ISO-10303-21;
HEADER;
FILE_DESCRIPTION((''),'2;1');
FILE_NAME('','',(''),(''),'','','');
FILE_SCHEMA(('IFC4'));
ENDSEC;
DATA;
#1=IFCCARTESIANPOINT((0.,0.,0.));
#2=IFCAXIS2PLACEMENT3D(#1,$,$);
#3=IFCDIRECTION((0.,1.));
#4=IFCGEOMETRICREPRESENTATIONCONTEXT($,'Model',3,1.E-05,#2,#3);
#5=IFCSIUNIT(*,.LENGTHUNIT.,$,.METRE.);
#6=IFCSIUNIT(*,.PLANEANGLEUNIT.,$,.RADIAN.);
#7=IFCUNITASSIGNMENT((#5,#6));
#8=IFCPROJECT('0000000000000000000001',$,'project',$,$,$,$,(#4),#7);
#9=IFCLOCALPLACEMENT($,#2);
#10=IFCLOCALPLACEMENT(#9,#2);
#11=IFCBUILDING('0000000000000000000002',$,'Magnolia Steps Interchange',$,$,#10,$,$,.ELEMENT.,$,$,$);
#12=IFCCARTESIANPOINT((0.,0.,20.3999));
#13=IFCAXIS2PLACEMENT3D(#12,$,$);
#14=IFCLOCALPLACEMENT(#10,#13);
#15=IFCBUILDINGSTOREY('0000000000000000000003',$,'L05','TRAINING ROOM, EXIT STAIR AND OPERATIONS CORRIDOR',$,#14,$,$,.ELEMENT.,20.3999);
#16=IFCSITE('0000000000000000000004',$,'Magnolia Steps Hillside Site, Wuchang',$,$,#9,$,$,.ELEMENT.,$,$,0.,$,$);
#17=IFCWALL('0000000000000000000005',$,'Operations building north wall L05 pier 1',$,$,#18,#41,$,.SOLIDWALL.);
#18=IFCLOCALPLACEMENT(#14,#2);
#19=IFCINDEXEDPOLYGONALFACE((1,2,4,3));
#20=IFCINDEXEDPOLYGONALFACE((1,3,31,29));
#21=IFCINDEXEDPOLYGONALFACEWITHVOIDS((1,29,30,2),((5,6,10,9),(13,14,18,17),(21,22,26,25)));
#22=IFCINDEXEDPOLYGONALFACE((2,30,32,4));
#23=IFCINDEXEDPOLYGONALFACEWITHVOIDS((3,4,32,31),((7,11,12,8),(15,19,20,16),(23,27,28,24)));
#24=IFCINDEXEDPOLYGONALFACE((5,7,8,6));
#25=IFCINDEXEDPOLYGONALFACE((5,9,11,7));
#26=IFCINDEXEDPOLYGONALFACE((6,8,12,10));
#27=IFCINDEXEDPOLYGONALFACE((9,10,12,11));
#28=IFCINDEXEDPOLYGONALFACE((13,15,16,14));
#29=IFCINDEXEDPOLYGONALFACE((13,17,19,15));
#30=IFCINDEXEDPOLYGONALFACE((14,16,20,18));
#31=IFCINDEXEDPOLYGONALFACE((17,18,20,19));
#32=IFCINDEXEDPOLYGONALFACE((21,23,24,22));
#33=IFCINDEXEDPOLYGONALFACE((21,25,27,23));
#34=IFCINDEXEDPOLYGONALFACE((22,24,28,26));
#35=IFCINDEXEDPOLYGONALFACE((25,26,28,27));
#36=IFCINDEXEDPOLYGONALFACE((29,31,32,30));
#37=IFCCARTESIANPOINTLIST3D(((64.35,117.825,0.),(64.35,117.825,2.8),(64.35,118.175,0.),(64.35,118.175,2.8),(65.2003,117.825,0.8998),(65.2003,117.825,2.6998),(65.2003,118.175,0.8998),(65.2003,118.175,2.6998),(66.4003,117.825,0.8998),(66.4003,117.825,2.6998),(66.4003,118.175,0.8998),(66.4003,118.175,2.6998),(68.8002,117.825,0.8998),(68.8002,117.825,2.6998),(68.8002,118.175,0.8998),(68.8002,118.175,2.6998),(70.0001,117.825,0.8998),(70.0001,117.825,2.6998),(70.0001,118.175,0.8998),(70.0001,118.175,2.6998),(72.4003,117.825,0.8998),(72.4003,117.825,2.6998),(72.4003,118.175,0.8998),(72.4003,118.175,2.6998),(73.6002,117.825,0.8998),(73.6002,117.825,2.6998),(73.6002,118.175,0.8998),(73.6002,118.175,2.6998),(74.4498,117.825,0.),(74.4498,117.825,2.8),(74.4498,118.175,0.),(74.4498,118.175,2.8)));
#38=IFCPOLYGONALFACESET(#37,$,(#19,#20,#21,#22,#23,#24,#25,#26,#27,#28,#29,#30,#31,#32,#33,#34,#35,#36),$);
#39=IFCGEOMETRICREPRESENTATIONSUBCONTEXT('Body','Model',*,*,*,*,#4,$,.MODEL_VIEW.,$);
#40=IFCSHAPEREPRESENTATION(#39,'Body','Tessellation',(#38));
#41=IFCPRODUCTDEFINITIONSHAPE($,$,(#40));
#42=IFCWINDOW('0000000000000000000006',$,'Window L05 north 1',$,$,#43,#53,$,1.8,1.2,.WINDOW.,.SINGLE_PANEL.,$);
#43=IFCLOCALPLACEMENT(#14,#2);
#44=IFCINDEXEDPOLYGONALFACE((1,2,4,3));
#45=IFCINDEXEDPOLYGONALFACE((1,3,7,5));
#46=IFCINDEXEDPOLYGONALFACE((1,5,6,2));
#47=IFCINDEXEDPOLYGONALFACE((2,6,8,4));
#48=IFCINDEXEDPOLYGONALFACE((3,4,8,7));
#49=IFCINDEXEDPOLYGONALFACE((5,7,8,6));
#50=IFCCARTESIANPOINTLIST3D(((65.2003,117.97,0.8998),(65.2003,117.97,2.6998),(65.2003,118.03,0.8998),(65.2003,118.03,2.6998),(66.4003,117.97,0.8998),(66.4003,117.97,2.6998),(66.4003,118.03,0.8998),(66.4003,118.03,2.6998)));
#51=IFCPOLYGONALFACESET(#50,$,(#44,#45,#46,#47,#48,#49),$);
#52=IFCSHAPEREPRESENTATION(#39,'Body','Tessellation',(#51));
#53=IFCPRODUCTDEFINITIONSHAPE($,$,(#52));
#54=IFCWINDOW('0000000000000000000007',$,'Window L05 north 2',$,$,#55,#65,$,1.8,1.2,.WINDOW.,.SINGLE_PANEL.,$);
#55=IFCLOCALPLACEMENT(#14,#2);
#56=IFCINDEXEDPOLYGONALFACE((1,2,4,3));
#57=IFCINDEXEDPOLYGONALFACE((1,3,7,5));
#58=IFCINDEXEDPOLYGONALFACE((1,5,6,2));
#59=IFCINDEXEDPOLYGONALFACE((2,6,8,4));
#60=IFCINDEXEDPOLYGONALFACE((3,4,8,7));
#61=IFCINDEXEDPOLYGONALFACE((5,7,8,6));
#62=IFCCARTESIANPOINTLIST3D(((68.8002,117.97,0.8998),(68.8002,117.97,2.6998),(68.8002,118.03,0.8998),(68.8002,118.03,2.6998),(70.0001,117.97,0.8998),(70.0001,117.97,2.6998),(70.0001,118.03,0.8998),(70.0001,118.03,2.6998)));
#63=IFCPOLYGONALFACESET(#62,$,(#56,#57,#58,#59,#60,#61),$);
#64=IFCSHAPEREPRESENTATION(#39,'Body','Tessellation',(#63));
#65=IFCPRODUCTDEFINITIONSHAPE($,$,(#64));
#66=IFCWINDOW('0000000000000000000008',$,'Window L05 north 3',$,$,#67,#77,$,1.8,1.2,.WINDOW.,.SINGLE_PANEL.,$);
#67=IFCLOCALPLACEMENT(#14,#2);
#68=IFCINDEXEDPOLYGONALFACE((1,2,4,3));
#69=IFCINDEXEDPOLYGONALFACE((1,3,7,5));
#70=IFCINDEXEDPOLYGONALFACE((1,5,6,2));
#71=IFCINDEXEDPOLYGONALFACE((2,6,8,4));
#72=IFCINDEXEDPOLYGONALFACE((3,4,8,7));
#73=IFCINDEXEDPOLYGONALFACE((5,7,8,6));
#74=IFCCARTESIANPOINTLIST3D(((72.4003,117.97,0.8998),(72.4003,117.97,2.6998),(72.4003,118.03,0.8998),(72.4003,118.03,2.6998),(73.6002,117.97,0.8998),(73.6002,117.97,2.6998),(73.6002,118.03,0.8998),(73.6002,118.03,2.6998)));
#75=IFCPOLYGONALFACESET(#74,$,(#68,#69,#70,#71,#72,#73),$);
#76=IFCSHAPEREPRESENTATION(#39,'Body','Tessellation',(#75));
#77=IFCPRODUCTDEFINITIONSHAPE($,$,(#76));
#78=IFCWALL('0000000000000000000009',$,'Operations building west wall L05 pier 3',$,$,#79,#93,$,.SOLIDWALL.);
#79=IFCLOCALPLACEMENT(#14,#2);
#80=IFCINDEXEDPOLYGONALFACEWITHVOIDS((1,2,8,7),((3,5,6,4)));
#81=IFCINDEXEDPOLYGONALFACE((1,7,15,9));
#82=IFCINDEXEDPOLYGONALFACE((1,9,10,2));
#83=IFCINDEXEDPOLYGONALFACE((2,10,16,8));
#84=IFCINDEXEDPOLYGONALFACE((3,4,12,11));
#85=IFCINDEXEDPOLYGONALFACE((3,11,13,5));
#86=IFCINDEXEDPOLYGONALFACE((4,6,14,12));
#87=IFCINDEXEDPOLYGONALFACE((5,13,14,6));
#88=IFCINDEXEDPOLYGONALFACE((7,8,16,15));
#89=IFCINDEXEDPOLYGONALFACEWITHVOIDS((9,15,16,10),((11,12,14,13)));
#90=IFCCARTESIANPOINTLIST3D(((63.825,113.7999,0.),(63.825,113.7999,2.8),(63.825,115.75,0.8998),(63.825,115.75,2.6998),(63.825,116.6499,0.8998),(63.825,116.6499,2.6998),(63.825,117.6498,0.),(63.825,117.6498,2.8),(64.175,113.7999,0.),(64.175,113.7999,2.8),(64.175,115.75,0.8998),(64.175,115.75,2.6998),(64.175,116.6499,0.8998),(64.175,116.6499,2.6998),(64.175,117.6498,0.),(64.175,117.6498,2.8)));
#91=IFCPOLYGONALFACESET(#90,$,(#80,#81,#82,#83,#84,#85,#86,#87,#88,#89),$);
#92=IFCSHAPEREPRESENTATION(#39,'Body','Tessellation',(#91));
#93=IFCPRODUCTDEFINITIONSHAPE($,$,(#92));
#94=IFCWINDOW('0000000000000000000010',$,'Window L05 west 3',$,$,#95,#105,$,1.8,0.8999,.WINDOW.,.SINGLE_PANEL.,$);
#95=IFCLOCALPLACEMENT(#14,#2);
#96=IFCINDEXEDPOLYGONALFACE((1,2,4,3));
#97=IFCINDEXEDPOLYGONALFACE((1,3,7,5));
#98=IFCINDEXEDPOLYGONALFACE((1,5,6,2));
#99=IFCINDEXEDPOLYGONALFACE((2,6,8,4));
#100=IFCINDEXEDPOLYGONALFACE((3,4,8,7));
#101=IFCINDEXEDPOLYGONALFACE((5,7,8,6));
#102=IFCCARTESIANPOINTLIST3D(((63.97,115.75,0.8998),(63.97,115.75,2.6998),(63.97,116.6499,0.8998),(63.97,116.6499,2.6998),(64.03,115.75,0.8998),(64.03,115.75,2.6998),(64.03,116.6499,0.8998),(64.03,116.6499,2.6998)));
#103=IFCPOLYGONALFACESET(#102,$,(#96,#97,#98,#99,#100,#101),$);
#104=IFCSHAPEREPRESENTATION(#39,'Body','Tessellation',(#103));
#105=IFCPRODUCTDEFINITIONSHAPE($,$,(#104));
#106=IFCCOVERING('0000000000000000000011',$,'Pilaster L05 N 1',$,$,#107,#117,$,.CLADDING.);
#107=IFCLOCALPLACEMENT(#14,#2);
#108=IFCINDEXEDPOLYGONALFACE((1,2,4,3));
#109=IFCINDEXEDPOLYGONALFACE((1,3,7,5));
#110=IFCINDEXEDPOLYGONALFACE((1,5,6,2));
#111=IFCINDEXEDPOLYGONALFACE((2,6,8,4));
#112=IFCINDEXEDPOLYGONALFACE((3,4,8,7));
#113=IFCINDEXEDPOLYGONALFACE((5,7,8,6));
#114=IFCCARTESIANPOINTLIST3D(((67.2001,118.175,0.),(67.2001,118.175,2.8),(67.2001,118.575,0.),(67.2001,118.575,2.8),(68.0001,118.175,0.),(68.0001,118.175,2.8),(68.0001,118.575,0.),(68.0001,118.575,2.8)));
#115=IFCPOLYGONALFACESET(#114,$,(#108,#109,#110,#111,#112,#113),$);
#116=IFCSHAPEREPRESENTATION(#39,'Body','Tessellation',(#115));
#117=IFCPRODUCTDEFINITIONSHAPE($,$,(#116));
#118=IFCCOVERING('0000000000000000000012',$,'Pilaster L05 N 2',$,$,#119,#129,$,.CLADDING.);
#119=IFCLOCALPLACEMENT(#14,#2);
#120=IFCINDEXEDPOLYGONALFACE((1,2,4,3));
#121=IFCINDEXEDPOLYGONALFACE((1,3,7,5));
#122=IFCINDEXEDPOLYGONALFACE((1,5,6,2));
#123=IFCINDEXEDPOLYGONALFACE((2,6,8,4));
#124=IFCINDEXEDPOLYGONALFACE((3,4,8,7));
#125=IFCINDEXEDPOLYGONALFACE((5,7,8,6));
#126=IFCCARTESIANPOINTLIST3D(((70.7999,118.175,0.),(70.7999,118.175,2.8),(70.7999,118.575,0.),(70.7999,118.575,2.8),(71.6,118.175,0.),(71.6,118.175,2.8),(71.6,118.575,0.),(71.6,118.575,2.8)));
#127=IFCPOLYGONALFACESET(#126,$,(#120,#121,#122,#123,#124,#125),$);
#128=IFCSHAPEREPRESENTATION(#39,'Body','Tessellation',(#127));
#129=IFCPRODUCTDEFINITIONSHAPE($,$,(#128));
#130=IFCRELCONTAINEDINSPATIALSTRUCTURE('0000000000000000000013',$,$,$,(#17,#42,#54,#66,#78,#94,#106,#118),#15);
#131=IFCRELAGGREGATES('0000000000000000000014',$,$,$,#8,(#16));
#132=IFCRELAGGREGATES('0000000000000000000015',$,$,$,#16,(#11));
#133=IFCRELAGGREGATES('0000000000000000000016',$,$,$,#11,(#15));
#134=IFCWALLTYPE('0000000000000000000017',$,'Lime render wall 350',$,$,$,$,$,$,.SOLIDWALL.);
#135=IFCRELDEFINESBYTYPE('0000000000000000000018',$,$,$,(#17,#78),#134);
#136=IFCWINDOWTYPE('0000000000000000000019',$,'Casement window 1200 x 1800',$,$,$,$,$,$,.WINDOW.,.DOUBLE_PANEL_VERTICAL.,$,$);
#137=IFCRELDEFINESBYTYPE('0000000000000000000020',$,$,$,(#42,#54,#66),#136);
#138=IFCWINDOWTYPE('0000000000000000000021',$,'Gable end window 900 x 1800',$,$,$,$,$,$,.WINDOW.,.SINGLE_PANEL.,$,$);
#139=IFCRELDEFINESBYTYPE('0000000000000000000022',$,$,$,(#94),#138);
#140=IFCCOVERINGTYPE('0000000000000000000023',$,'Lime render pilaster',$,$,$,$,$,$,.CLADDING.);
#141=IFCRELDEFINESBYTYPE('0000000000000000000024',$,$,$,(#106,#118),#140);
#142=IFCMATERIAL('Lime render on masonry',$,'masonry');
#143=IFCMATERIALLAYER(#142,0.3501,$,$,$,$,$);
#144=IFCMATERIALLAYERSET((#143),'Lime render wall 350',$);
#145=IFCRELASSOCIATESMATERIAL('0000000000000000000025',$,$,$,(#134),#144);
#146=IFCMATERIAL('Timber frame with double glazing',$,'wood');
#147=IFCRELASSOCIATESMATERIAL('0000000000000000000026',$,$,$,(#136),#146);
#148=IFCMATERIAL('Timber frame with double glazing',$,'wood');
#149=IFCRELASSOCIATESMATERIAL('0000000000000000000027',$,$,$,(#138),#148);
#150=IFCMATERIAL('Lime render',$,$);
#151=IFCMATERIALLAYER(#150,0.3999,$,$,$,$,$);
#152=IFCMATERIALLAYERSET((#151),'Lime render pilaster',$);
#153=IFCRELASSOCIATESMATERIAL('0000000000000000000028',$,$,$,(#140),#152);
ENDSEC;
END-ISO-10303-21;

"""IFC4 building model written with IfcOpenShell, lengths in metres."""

from ifc_helpers import new_model, si_unit, direction, frame, frame_2d, origin, origin_2d, place, context, subcontext, project, spatial, rectangle, extrude, material, layer, layer_set, type_object, element, fill, save


model = new_model("IFC4")

# Units and contexts
model_context = context("Model", 3, precision=1e-05, world=origin(), true_north=direction((0.0, 1.0)))
body_context = subcontext(model_context, "Body", "Model", "MODEL_VIEW")
ifc_project = project(units=[si_unit("LENGTHUNIT", "METRE"), si_unit("PLANEANGLEUNIT", "RADIAN")], contexts=[model_context])

# Site, building, storey
site_placement = place(None, origin())
site = spatial("IfcSite", under=ifc_project, at=site_placement, Name="Magnolia Steps Hillside Site, Wuchang", CompositionType="ELEMENT", RefElevation=0.0)
building_placement = place(site_placement, origin())
building = spatial("IfcBuilding", under=site, at=building_placement, Name="Magnolia Steps Interchange", CompositionType="ELEMENT")
storey_placement = place(building_placement, frame((0.0, 0.0, 20.3999)))
storey = spatial("IfcBuildingStorey", under=building, at=storey_placement, Name="L05", Description="TRAINING ROOM, EXIT STAIR AND OPERATIONS CORRIDOR", CompositionType="ELEMENT", Elevation=20.3999)

# Wall, openings, windows
ifc_material_1 = material(Name="Lime render on masonry", Category="masonry")
ifc_layer_1 = layer(ifc_material_1, 0.3501)
ifc_layer_set_1 = layer_set([ifc_layer_1], Name="Lime render wall 350")
wall_type = type_object("IfcWallType", Name="Lime render wall 350", PredefinedType="SOLIDWALL", material=ifc_layer_set_1)
wall_1_placement = place(storey_placement, frame((64.3501, 118.0, 0.0), z_axis=(0.0, 0.0, 1.0), x_axis=(1.0, 0.0, 0.0)))
wall_1 = element("IfcWall", 1, at=wall_1_placement, inside=storey, type_object=wall_type, Name="Operations building north wall L05 pier 1", PredefinedType="SOLIDWALL", context=body_context, shape_type="SweptSolid", body=[
    extrude(rectangle(XDim=10.0999, YDim=0.3501, at=frame_2d((5.0498, 0.0))), origin(), (0.0, 0.0, 1.0), 2.8),
])
opening_1_placement = place(wall_1_placement, frame((0.8501, 0.0, 0.8999)))
opening_1 = element("IfcOpeningElement", 2, at=opening_1_placement, cuts=wall_1, PredefinedType="OPENING", context=body_context, shape_type="SweptSolid", body=[
    extrude(rectangle(XDim=1.2, YDim=1.8, at=frame_2d((0.6001, 0.8999))), frame((0.0, 0.1851, 0.0), z_axis=(0.0, -1.0, 0.0), x_axis=(1.0, 0.0, 0.0)), (0.0, 0.0, 1.0), 0.3701),
])
opening_2_placement = place(wall_1_placement, frame((4.45, 0.0, 0.8999)))
opening_2 = element("IfcOpeningElement", 3, at=opening_2_placement, cuts=wall_1, PredefinedType="OPENING", context=body_context, shape_type="SweptSolid", body=[
    extrude(rectangle(XDim=1.2, YDim=1.8, at=frame_2d((0.6001, 0.8999))), frame((0.0, 0.1851, 0.0), z_axis=(0.0, -1.0, 0.0), x_axis=(1.0, 0.0, 0.0)), (0.0, 0.0, 1.0), 0.3701),
])
opening_3_placement = place(wall_1_placement, frame((8.05, 0.0, 0.8999)))
opening_3 = element("IfcOpeningElement", 4, at=opening_3_placement, cuts=wall_1, PredefinedType="OPENING", context=body_context, shape_type="SweptSolid", body=[
    extrude(rectangle(XDim=1.2, YDim=1.8, at=frame_2d((0.6001, 0.8999))), frame((0.0, 0.1851, 0.0), z_axis=(0.0, -1.0, 0.0), x_axis=(1.0, 0.0, 0.0)), (0.0, 0.0, 1.0), 0.3701),
])
ifc_material_2 = material(Name="Timber frame with double glazing", Category="wood")
window_type_1 = type_object("IfcWindowType", Name="Casement window 1200 x 1800", PartitioningType="DOUBLE_PANEL_VERTICAL", PredefinedType="WINDOW", material=ifc_material_2)
window_1_placement = place(opening_1_placement, origin())
window_1 = element("IfcWindow", 5, at=window_1_placement, inside=storey, type_object=window_type_1, Name="Window L05 north 1", OverallHeight=1.8, OverallWidth=1.2, PartitioningType="SINGLE_PANEL", PredefinedType="WINDOW", context=body_context, shape_type="SweptSolid", body=[
    extrude(rectangle(XDim=1.2, YDim=1.8, at=frame_2d((0.6001, 0.8999))), frame((0.0, 0.03, 0.0), z_axis=(0.0, -1.0, 0.0), x_axis=(1.0, 0.0, 0.0)), (0.0, 0.0, 1.0), 0.0601),
])
fill(opening_1, window_1)
window_2_placement = place(opening_2_placement, origin())
window_2 = element("IfcWindow", 6, at=window_2_placement, inside=storey, type_object=window_type_1, Name="Window L05 north 2", OverallHeight=1.8, OverallWidth=1.2, PartitioningType="SINGLE_PANEL", PredefinedType="WINDOW", context=body_context, shape_type="SweptSolid", body=[
    extrude(rectangle(XDim=1.2, YDim=1.8, at=frame_2d((0.6001, 0.8999))), frame((0.0, 0.03, 0.0), z_axis=(0.0, -1.0, 0.0), x_axis=(1.0, 0.0, 0.0)), (0.0, 0.0, 1.0), 0.0601),
])
fill(opening_2, window_2)
window_3_placement = place(opening_3_placement, origin())
window_3 = element("IfcWindow", 7, at=window_3_placement, inside=storey, type_object=window_type_1, Name="Window L05 north 3", OverallHeight=1.8, OverallWidth=1.2, PartitioningType="SINGLE_PANEL", PredefinedType="WINDOW", context=body_context, shape_type="SweptSolid", body=[
    extrude(rectangle(XDim=1.2, YDim=1.8, at=frame_2d((0.6001, 0.8999))), frame((0.0, 0.03, 0.0), z_axis=(0.0, -1.0, 0.0), x_axis=(1.0, 0.0, 0.0)), (0.0, 0.0, 1.0), 0.0601),
])
fill(opening_3, window_3)

# Wall, opening, window
wall_2_placement = place(storey_placement, frame((64.0, 113.8, 0.0), z_axis=(0.0, 0.0, 1.0), x_axis=(0.0, 1.0, 0.0)))
wall_2 = element("IfcWall", 8, at=wall_2_placement, inside=storey, type_object=wall_type, Name="Operations building west wall L05 pier 3", PredefinedType="SOLIDWALL", context=body_context, shape_type="SweptSolid", body=[
    extrude(rectangle(XDim=3.8499, YDim=0.3501, at=frame_2d((1.9248, 0.0))), origin(), (0.0, 0.0, 1.0), 2.8),
])
opening_4_placement = place(wall_2_placement, frame((1.95, 0.0, 0.8999)))
opening_4 = element("IfcOpeningElement", 9, at=opening_4_placement, cuts=wall_2, PredefinedType="OPENING", context=body_context, shape_type="SweptSolid", body=[
    extrude(rectangle(XDim=0.8999, YDim=1.8, at=frame_2d((0.45, 0.8999))), frame((0.0, 0.1851, 0.0), z_axis=(0.0, -1.0, 0.0), x_axis=(1.0, 0.0, 0.0)), (0.0, 0.0, 1.0), 0.3701),
])
ifc_material_3 = material(Name="Timber frame with double glazing", Category="wood")
window_type_2 = type_object("IfcWindowType", Name="Gable end window 900 x 1800", PartitioningType="SINGLE_PANEL", PredefinedType="WINDOW", material=ifc_material_3)
window_4_placement = place(opening_4_placement, origin())
window_4 = element("IfcWindow", 10, at=window_4_placement, inside=storey, type_object=window_type_2, Name="Window L05 west 3", OverallHeight=1.8, OverallWidth=0.8999, PartitioningType="SINGLE_PANEL", PredefinedType="WINDOW", context=body_context, shape_type="SweptSolid", body=[
    extrude(rectangle(XDim=0.8999, YDim=1.8, at=frame_2d((0.45, 0.8999))), frame((0.0, 0.03, 0.0), z_axis=(0.0, -1.0, 0.0), x_axis=(1.0, 0.0, 0.0)), (0.0, 0.0, 1.0), 0.0601),
])
fill(opening_4, window_4)

# Coverings
ifc_material_4 = material(Name="Lime render")
ifc_layer_2 = layer(ifc_material_4, 0.3999)
ifc_layer_set_2 = layer_set([ifc_layer_2], Name="Lime render pilaster")
covering_type_1 = type_object("IfcCoveringType", Name="Lime render pilaster", PredefinedType="CLADDING", material=ifc_layer_set_2)
for number, where, z_axis, x_axis, name in (
    (11, (67.6001, 118.375, 0.0), (0.0, 0.0, 1.0), (1.0, 0.0, 0.0), "Pilaster L05 N 1"),
    (12, (71.2, 118.375, 0.0), (0.0, 0.0, 1.0), (1.0, 0.0, 0.0), "Pilaster L05 N 2"),
):
    element("IfcCovering", number, at=place(storey_placement, frame(where, z_axis=z_axis, x_axis=x_axis)), inside=storey, type_object=covering_type_1, Name=name, PredefinedType="CLADDING", context=body_context, shape_type="SweptSolid", body=[
        extrude(rectangle(XDim=0.8, YDim=0.3999, at=origin_2d()), origin(), (0.0, 0.0, 1.0), 2.8),
    ])

save(model, "model.ifc")
